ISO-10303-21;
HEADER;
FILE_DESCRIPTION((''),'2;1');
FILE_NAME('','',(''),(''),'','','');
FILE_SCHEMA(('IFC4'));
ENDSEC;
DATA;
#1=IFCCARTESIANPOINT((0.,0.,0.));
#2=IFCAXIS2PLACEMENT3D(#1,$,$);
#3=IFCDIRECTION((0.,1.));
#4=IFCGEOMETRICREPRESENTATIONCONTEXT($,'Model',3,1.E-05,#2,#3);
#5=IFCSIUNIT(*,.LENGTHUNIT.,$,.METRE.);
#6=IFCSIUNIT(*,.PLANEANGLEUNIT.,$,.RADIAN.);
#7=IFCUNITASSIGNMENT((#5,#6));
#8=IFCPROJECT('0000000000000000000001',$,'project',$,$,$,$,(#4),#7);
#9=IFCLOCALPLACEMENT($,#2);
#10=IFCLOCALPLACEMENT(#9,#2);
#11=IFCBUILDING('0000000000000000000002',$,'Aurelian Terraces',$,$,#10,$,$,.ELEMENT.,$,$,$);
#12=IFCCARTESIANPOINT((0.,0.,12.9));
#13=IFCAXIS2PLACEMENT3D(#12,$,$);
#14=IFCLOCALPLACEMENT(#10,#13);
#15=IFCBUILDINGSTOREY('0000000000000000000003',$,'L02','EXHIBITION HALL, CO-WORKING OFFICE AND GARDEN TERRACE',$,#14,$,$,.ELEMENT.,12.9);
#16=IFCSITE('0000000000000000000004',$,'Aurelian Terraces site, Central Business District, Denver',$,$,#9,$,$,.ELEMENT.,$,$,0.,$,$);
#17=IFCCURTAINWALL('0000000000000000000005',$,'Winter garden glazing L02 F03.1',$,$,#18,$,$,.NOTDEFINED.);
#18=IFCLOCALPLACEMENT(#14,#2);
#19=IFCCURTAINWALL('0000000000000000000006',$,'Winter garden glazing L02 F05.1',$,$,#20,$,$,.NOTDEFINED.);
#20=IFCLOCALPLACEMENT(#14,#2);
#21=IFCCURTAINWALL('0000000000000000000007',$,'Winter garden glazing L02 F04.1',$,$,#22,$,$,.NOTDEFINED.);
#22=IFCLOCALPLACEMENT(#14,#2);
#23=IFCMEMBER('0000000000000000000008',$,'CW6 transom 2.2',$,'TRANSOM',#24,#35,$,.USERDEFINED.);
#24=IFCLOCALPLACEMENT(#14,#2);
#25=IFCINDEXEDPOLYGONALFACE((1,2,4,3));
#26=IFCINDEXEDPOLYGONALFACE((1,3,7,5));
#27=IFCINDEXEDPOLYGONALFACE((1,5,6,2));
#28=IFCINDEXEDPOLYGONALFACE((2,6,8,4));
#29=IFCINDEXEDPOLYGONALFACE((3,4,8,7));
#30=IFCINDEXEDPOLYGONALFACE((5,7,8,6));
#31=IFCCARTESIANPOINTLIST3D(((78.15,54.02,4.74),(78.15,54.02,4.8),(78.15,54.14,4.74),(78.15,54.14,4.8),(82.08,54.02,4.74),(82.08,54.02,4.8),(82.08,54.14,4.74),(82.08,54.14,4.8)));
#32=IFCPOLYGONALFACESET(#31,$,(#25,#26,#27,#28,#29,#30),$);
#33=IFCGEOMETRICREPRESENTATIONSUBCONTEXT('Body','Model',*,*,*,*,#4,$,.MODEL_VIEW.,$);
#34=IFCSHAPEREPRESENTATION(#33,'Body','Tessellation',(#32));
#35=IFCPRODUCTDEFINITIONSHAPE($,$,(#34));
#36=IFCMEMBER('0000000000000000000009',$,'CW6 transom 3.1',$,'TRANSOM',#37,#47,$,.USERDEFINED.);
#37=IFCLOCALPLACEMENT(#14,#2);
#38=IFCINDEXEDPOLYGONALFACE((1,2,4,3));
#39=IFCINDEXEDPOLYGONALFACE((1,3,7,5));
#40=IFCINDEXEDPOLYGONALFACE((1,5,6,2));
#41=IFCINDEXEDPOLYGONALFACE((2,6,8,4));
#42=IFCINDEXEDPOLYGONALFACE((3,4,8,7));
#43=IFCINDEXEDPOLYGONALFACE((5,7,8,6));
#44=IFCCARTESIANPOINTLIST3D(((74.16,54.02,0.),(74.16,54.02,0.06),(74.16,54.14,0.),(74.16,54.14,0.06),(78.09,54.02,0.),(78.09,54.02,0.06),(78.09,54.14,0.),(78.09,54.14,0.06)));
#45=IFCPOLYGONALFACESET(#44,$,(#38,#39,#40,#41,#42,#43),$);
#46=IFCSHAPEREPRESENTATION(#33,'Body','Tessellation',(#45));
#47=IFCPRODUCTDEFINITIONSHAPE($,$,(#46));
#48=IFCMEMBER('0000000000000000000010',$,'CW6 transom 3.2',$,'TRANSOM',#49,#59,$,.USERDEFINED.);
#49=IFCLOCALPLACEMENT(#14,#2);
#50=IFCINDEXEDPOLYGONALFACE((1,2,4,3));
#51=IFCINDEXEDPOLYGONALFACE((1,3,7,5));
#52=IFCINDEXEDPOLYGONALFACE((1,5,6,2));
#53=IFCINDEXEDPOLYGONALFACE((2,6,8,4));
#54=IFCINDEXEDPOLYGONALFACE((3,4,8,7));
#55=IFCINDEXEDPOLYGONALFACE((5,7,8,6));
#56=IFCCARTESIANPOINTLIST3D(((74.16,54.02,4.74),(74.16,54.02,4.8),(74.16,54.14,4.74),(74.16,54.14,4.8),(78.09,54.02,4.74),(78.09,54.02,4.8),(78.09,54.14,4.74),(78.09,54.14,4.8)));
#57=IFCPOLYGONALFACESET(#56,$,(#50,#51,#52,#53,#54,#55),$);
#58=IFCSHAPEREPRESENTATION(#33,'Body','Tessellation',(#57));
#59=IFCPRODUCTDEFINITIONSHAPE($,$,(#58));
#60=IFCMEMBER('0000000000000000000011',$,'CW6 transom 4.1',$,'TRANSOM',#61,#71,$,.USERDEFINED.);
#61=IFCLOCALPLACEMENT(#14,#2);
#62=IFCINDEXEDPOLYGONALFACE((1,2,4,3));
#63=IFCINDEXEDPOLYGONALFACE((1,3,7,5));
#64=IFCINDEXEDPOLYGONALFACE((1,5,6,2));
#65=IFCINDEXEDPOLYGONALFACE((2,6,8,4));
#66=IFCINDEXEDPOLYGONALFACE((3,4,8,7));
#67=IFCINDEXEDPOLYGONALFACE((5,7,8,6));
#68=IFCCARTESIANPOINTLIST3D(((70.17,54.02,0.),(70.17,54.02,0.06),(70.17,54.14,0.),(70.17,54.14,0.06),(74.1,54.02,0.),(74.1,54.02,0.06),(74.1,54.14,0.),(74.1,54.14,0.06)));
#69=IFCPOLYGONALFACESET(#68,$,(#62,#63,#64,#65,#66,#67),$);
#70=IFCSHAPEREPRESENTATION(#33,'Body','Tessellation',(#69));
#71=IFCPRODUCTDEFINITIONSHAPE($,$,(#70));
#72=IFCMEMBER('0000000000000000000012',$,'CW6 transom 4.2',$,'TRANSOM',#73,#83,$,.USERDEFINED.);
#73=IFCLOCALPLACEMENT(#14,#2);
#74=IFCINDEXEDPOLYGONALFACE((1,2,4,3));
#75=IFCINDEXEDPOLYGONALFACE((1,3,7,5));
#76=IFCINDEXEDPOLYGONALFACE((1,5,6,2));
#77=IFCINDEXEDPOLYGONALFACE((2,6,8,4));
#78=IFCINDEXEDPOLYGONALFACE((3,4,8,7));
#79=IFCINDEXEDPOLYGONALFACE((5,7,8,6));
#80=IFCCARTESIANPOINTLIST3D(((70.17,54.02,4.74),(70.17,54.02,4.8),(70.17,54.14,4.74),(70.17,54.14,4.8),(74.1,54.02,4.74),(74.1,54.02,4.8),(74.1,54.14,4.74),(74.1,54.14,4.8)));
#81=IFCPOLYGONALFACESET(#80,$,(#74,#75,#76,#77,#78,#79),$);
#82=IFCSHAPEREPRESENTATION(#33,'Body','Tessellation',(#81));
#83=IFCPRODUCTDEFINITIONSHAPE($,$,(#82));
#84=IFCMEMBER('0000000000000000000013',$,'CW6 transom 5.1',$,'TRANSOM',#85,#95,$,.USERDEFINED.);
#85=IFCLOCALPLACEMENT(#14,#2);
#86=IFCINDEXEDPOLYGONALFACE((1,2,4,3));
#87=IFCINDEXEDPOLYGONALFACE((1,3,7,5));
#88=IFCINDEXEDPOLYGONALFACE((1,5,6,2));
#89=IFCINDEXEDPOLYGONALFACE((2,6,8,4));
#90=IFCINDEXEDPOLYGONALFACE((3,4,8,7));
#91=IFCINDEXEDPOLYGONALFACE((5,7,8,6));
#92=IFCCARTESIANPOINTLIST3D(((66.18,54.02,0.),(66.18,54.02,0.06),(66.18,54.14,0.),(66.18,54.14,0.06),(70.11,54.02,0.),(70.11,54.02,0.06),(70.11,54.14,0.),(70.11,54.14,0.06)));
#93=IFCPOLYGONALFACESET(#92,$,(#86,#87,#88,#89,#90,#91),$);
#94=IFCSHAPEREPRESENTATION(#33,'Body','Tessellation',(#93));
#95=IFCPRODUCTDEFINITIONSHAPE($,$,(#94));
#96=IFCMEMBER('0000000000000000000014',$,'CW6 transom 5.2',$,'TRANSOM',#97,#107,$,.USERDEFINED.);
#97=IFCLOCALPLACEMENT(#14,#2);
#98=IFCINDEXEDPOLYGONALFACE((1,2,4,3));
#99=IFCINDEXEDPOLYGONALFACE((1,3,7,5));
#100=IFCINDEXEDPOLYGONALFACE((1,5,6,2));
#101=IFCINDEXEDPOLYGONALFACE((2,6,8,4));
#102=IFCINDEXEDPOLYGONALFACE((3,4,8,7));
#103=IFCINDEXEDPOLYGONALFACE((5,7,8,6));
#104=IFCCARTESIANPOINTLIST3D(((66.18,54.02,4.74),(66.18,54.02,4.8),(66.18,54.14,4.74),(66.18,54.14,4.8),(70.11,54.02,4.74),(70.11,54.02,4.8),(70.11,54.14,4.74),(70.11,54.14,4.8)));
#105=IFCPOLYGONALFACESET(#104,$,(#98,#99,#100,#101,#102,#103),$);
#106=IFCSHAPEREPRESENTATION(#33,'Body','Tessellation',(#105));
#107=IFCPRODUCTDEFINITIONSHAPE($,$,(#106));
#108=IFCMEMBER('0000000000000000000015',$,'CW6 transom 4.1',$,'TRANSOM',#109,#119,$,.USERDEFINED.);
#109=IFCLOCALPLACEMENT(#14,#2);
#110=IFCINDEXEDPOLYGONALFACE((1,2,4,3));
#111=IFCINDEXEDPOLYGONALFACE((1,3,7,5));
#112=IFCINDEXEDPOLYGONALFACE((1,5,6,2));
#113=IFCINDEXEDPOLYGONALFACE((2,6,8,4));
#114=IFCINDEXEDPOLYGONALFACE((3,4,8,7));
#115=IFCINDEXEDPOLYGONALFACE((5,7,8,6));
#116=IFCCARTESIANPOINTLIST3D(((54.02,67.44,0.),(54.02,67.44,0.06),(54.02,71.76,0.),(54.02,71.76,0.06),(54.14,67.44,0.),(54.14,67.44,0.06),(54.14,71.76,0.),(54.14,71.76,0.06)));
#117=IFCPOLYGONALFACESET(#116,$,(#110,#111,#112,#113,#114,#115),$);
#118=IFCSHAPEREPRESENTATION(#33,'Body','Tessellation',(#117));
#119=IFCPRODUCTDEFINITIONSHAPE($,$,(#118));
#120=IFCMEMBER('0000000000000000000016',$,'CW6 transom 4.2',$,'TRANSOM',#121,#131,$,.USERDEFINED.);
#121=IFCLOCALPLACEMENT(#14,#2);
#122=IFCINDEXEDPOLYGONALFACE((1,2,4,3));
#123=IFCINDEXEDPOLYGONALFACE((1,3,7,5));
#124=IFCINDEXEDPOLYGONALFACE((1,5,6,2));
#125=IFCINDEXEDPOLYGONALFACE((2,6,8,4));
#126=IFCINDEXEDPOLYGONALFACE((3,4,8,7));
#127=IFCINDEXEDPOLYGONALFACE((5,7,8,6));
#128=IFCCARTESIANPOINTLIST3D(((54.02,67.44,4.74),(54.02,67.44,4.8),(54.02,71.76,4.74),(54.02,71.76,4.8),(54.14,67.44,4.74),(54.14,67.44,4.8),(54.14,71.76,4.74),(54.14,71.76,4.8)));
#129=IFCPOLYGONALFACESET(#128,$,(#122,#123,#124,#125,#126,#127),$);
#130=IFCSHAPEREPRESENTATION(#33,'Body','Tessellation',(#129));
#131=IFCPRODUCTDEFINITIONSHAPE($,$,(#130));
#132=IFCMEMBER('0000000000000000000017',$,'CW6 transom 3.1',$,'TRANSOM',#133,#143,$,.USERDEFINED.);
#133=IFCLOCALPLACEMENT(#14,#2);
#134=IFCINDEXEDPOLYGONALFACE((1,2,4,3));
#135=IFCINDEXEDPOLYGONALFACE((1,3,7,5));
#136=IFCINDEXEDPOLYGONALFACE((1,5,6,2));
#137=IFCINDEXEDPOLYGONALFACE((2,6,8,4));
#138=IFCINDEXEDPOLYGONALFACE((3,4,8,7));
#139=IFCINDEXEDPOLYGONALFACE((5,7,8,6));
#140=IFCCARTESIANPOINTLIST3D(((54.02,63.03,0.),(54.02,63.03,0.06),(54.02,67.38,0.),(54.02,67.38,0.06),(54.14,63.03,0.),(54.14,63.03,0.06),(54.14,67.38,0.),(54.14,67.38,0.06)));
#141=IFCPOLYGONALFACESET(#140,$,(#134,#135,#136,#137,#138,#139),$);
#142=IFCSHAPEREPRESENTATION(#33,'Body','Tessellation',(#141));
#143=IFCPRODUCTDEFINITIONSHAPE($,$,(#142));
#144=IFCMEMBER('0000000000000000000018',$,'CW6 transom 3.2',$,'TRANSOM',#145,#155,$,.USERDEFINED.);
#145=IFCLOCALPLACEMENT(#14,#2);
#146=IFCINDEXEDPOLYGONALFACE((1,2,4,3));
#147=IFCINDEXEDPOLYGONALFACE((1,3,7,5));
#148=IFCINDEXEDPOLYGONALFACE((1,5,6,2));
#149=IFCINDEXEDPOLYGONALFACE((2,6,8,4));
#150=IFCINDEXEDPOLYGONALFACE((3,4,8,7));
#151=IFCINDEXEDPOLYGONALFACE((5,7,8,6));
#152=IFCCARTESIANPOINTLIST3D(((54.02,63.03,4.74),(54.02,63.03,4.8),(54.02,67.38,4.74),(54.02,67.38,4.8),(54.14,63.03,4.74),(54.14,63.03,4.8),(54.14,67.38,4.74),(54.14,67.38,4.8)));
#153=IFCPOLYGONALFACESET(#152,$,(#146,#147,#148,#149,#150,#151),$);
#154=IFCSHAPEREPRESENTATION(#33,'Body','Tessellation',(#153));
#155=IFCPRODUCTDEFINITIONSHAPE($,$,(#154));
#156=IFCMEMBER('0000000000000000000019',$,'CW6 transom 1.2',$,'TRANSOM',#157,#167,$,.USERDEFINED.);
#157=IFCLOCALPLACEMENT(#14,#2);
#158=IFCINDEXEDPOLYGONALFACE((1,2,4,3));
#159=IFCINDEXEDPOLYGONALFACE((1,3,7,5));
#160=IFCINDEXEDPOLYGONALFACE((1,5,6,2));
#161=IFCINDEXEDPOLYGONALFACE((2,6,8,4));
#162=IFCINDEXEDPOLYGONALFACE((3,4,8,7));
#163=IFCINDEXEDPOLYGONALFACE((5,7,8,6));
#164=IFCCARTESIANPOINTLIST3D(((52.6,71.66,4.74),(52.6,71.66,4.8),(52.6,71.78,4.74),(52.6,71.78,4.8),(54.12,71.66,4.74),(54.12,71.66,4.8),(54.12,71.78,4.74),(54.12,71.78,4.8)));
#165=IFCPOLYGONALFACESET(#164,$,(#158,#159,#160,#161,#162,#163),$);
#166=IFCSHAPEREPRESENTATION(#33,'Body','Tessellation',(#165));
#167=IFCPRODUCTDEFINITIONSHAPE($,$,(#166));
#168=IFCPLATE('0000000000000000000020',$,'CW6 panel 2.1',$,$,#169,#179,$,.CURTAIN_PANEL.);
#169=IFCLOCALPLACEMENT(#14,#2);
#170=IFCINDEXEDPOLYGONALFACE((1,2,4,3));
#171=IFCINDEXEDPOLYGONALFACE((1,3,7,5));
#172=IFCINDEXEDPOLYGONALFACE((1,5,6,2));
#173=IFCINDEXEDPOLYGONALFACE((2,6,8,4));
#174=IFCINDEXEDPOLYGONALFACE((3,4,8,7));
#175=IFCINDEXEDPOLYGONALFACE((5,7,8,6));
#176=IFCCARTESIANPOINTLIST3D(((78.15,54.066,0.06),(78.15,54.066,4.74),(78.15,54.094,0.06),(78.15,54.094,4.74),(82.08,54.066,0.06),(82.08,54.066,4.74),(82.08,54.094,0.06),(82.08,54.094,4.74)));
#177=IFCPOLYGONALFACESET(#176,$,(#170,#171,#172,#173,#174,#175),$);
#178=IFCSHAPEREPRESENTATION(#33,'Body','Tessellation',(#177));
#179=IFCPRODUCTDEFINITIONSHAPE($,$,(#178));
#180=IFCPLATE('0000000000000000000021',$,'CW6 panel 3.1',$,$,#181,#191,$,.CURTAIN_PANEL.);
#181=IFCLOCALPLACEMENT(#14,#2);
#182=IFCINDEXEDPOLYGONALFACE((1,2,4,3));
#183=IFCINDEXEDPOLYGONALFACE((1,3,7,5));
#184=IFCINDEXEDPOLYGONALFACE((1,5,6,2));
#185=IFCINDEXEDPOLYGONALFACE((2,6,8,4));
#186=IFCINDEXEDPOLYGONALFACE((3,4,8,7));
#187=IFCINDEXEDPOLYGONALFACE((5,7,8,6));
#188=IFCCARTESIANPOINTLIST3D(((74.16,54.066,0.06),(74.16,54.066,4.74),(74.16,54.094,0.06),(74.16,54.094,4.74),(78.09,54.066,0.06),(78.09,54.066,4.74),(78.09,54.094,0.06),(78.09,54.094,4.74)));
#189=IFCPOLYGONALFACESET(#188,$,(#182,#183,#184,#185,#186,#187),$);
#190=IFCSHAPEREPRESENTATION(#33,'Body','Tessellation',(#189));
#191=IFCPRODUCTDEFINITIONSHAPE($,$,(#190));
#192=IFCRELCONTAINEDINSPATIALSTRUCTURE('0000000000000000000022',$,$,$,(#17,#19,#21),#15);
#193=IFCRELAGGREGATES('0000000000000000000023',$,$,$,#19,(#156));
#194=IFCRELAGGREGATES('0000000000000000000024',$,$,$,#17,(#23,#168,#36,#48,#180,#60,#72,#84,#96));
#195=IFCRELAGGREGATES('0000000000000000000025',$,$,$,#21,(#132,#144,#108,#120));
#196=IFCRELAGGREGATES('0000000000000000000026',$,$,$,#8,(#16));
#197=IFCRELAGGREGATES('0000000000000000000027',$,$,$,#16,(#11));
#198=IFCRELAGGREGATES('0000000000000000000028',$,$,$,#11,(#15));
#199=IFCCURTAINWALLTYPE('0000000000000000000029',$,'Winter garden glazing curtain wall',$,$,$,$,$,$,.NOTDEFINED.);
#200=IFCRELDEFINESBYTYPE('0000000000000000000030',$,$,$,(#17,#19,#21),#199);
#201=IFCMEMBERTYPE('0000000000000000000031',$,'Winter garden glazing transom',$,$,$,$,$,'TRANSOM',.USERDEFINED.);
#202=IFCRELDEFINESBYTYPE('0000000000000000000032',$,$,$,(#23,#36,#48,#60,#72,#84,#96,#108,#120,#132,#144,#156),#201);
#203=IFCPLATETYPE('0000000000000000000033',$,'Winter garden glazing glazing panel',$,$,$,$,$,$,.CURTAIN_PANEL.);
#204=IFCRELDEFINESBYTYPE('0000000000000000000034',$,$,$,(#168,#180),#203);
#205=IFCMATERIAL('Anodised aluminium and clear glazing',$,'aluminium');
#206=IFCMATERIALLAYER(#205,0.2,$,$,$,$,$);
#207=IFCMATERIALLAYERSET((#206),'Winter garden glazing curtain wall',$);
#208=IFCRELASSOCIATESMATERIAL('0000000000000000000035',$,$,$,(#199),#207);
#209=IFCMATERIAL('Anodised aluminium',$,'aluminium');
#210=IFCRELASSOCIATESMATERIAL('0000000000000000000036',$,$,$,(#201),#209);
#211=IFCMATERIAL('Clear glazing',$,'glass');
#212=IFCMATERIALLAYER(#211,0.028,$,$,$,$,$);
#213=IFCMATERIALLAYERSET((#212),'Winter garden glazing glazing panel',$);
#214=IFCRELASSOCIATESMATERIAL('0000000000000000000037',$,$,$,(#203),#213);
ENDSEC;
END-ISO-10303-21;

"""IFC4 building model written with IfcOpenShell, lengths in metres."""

from ifc_helpers import new_model, si_unit, direction, frame, origin, origin_2d, place, context, subcontext, project, spatial, rectangle, extrude, source, transform, mapped, material, layer, layer_set, material_profile, profile_set, type_object, element, aggregate, save


model = new_model("IFC4")

# Units and contexts
model_context = context("Model", 3, precision=1e-05, world=origin(), true_north=direction((0.0, 1.0)))
body_context = subcontext(model_context, "Body", "Model", "MODEL_VIEW")
ifc_project = project(units=[si_unit("LENGTHUNIT", "METRE"), si_unit("PLANEANGLEUNIT", "RADIAN")], contexts=[model_context])

# Site, building, storey
site_placement = place(None, origin())
site = spatial("IfcSite", under=ifc_project, at=site_placement, Name="Aurelian Terraces site, Central Business District, Denver", CompositionType="ELEMENT", RefElevation=0.0)
building_placement = place(site_placement, origin())
building = spatial("IfcBuilding", under=site, at=building_placement, Name="Aurelian Terraces", CompositionType="ELEMENT")
storey_placement = place(building_placement, frame((0.0, 0.0, 12.9)))
storey = spatial("IfcBuildingStorey", under=building, at=storey_placement, Name="L02", Description="EXHIBITION HALL, CO-WORKING OFFICE AND GARDEN TERRACE", CompositionType="ELEMENT", Elevation=12.9)

# Curtain wall
ifc_material_1 = material(Name="Anodised aluminium and clear glazing", Category="aluminium")
ifc_layer_1 = layer(ifc_material_1, 0.2)
ifc_layer_set_1 = layer_set([ifc_layer_1], Name="Winter garden glazing curtain wall")
curtain_wall_type = type_object("IfcCurtainWallType", Name="Winter garden glazing curtain wall", PredefinedType="NOTDEFINED", material=ifc_layer_set_1)
curtain_wall_1_placement = place(storey_placement, origin())
curtain_wall_1 = element("IfcCurtainWall", 1, at=curtain_wall_1_placement, inside=storey, type_object=curtain_wall_type, Name="Winter garden glazing L02 F03.1", PredefinedType="NOTDEFINED")
ifc_material_2 = material(Name="Anodised aluminium", Category="aluminium")
ifc_material_profile_1 = material_profile(ifc_material_2, rectangle(XDim=0.12, YDim=0.06, at=origin_2d()))
ifc_profile_set_1 = profile_set([ifc_material_profile_1], Name="Anodised aluminium")
member_type_1 = type_object("IfcMemberType", Name="Winter garden glazing transom", ElementType="TRANSOM", PredefinedType="USERDEFINED", material=ifc_profile_set_1)

# Curtain wall
curtain_wall_2_placement = place(storey_placement, origin())
curtain_wall_2 = element("IfcCurtainWall", 2, at=curtain_wall_2_placement, inside=storey, type_object=curtain_wall_type, Name="Winter garden glazing L02 F05.1", PredefinedType="NOTDEFINED")

# Curtain wall
curtain_wall_3_placement = place(storey_placement, origin())
curtain_wall_3 = element("IfcCurtainWall", 3, at=curtain_wall_3_placement, inside=storey, type_object=curtain_wall_type, Name="Winter garden glazing L02 F04.1", PredefinedType="NOTDEFINED")

# Members
shared_shape_1 = source(origin(), body_context, "Body", "SweptSolid", [
    extrude(rectangle(XDim=0.12, YDim=0.06, at=origin_2d()), origin(), (0.0, 0.0, 1.0), 3.93),
])
member_1_placement = place(storey_placement, frame((82.08, 54.08, 4.77), z_axis=(-1.0, 0.0, 0.0), x_axis=(0.0, -1.0, 0.0)))
member_1 = element("IfcMember", 4, at=member_1_placement, type_object=member_type_1, Name="CW6 transom 2.2", ObjectType="TRANSOM", PredefinedType="USERDEFINED", context=body_context, shape_type="MappedRepresentation", body=[
    mapped(shared_shape_1, transform((0.0, 0.0, 0.0), scale=1.0)),
])
member_2_placement = place(storey_placement, frame((78.09, 54.08, 0.03), z_axis=(-1.0, 0.0, 0.0), x_axis=(0.0, -1.0, 0.0)))
member_2 = element("IfcMember", 5, at=member_2_placement, type_object=member_type_1, Name="CW6 transom 3.1", ObjectType="TRANSOM", PredefinedType="USERDEFINED", context=body_context, shape_type="MappedRepresentation", body=[
    mapped(shared_shape_1, transform((0.0, 0.0, 0.0), scale=1.0)),
])
member_3_placement = place(storey_placement, frame((78.09, 54.08, 4.77), z_axis=(-1.0, 0.0, 0.0), x_axis=(0.0, -1.0, 0.0)))
member_3 = element("IfcMember", 6, at=member_3_placement, type_object=member_type_1, Name="CW6 transom 3.2", ObjectType="TRANSOM", PredefinedType="USERDEFINED", context=body_context, shape_type="MappedRepresentation", body=[
    mapped(shared_shape_1, transform((0.0, 0.0, 0.0), scale=1.0)),
])
member_4_placement = place(storey_placement, frame((74.1, 54.08, 0.03), z_axis=(-1.0, 0.0, 0.0), x_axis=(0.0, -1.0, 0.0)))
member_4 = element("IfcMember", 7, at=member_4_placement, type_object=member_type_1, Name="CW6 transom 4.1", ObjectType="TRANSOM", PredefinedType="USERDEFINED", context=body_context, shape_type="MappedRepresentation", body=[
    mapped(shared_shape_1, transform((0.0, 0.0, 0.0), scale=1.0)),
])
member_5_placement = place(storey_placement, frame((74.1, 54.08, 4.77), z_axis=(-1.0, 0.0, 0.0), x_axis=(0.0, -1.0, 0.0)))
member_5 = element("IfcMember", 8, at=member_5_placement, type_object=member_type_1, Name="CW6 transom 4.2", ObjectType="TRANSOM", PredefinedType="USERDEFINED", context=body_context, shape_type="MappedRepresentation", body=[
    mapped(shared_shape_1, transform((0.0, 0.0, 0.0), scale=1.0)),
])
member_6_placement = place(storey_placement, frame((70.11, 54.08, 0.03), z_axis=(-1.0, 0.0, 0.0), x_axis=(0.0, -1.0, 0.0)))
member_6 = element("IfcMember", 9, at=member_6_placement, type_object=member_type_1, Name="CW6 transom 5.1", ObjectType="TRANSOM", PredefinedType="USERDEFINED", context=body_context, shape_type="MappedRepresentation", body=[
    mapped(shared_shape_1, transform((0.0, 0.0, 0.0), scale=1.0)),
])
member_7_placement = place(storey_placement, frame((70.11, 54.08, 4.77), z_axis=(-1.0, 0.0, 0.0), x_axis=(0.0, -1.0, 0.0)))
member_7 = element("IfcMember", 10, at=member_7_placement, type_object=member_type_1, Name="CW6 transom 5.2", ObjectType="TRANSOM", PredefinedType="USERDEFINED", context=body_context, shape_type="MappedRepresentation", body=[
    mapped(shared_shape_1, transform((0.0, 0.0, 0.0), scale=1.0)),
])
shared_shape_2 = source(origin(), body_context, "Body", "SweptSolid", [
    extrude(rectangle(XDim=0.12, YDim=0.06, at=origin_2d()), origin(), (0.0, 0.0, 1.0), 4.32),
])
member_8_placement = place(storey_placement, frame((54.08, 67.44, 0.03), z_axis=(0.0, 1.0, 0.0), x_axis=(-1.0, 0.0, 0.0)))
member_8 = element("IfcMember", 11, at=member_8_placement, type_object=member_type_1, Name="CW6 transom 4.1", ObjectType="TRANSOM", PredefinedType="USERDEFINED", context=body_context, shape_type="MappedRepresentation", body=[
    mapped(shared_shape_2, transform((0.0, 0.0, 0.0), scale=1.0)),
])
member_9_placement = place(storey_placement, frame((54.08, 67.44, 4.77), z_axis=(0.0, 1.0, 0.0), x_axis=(-1.0, 0.0, 0.0)))
member_9 = element("IfcMember", 12, at=member_9_placement, type_object=member_type_1, Name="CW6 transom 4.2", ObjectType="TRANSOM", PredefinedType="USERDEFINED", context=body_context, shape_type="MappedRepresentation", body=[
    mapped(shared_shape_2, transform((0.0, 0.0, 0.0), scale=1.0)),
])
shared_shape_3 = source(origin(), body_context, "Body", "SweptSolid", [
    extrude(rectangle(XDim=0.12, YDim=0.06, at=origin_2d()), origin(), (0.0, 0.0, 1.0), 4.35),
])
member_10_placement = place(storey_placement, frame((54.08, 63.03, 0.03), z_axis=(0.0, 1.0, 0.0), x_axis=(-1.0, 0.0, 0.0)))
member_10 = element("IfcMember", 13, at=member_10_placement, type_object=member_type_1, Name="CW6 transom 3.1", ObjectType="TRANSOM", PredefinedType="USERDEFINED", context=body_context, shape_type="MappedRepresentation", body=[
    mapped(shared_shape_3, transform((0.0, 0.0, 0.0), scale=1.0)),
])
member_11_placement = place(storey_placement, frame((54.08, 63.03, 4.77), z_axis=(0.0, 1.0, 0.0), x_axis=(-1.0, 0.0, 0.0)))
member_11 = element("IfcMember", 14, at=member_11_placement, type_object=member_type_1, Name="CW6 transom 3.2", ObjectType="TRANSOM", PredefinedType="USERDEFINED", context=body_context, shape_type="MappedRepresentation", body=[
    mapped(shared_shape_3, transform((0.0, 0.0, 0.0), scale=1.0)),
])
shared_shape_4 = source(origin(), body_context, "Body", "SweptSolid", [
    extrude(rectangle(XDim=0.12, YDim=0.06, at=origin_2d()), origin(), (0.0, 0.0, 1.0), 1.52),
])
member_12_placement = place(storey_placement, frame((54.12, 71.72, 4.77), z_axis=(-1.0, 0.0, 0.0), x_axis=(0.0, -1.0, 0.0)))
member_12 = element("IfcMember", 15, at=member_12_placement, type_object=member_type_1, Name="CW6 transom 1.2", ObjectType="TRANSOM", PredefinedType="USERDEFINED", context=body_context, shape_type="MappedRepresentation", body=[
    mapped(shared_shape_4, transform((0.0, 0.0, 0.0), scale=1.0)),
])
aggregate(curtain_wall_2, [member_12])

# Plates
ifc_material_3 = material(Name="Clear glazing", Category="glass")
ifc_layer_2 = layer(ifc_material_3, 0.028)
ifc_layer_set_2 = layer_set([ifc_layer_2], Name="Winter garden glazing glazing panel")
plate_type = type_object("IfcPlateType", Name="Winter garden glazing glazing panel", PredefinedType="CURTAIN_PANEL", material=ifc_layer_set_2)
shared_shape_5 = source(origin(), body_context, "Body", "SweptSolid", [
    extrude(rectangle(XDim=3.93, YDim=0.028, at=origin_2d()), origin(), (0.0, 0.0, 1.0), 4.68),
])
plate_1_placement = place(storey_placement, frame((80.115, 54.08, 0.06), z_axis=(0.0, 0.0, 1.0), x_axis=(-1.0, 0.0, 0.0)))
plate_1 = element("IfcPlate", 16, at=plate_1_placement, type_object=plate_type, Name="CW6 panel 2.1", PredefinedType="CURTAIN_PANEL", context=body_context, shape_type="MappedRepresentation", body=[
    mapped(shared_shape_5, transform((0.0, 0.0, 0.0), scale=1.0)),
])
plate_2_placement = place(storey_placement, frame((76.125, 54.08, 0.06), z_axis=(0.0, 0.0, 1.0), x_axis=(-1.0, 0.0, 0.0)))
plate_2 = element("IfcPlate", 17, at=plate_2_placement, type_object=plate_type, Name="CW6 panel 3.1", PredefinedType="CURTAIN_PANEL", context=body_context, shape_type="MappedRepresentation", body=[
    mapped(shared_shape_5, transform((0.0, 0.0, 0.0), scale=1.0)),
])
aggregate(curtain_wall_1, [member_1, plate_1, member_2, member_3, plate_2, member_4, member_5, member_6, member_7])
aggregate(curtain_wall_3, [member_10, member_11, member_8, member_9])

save(model, "model.ifc")
